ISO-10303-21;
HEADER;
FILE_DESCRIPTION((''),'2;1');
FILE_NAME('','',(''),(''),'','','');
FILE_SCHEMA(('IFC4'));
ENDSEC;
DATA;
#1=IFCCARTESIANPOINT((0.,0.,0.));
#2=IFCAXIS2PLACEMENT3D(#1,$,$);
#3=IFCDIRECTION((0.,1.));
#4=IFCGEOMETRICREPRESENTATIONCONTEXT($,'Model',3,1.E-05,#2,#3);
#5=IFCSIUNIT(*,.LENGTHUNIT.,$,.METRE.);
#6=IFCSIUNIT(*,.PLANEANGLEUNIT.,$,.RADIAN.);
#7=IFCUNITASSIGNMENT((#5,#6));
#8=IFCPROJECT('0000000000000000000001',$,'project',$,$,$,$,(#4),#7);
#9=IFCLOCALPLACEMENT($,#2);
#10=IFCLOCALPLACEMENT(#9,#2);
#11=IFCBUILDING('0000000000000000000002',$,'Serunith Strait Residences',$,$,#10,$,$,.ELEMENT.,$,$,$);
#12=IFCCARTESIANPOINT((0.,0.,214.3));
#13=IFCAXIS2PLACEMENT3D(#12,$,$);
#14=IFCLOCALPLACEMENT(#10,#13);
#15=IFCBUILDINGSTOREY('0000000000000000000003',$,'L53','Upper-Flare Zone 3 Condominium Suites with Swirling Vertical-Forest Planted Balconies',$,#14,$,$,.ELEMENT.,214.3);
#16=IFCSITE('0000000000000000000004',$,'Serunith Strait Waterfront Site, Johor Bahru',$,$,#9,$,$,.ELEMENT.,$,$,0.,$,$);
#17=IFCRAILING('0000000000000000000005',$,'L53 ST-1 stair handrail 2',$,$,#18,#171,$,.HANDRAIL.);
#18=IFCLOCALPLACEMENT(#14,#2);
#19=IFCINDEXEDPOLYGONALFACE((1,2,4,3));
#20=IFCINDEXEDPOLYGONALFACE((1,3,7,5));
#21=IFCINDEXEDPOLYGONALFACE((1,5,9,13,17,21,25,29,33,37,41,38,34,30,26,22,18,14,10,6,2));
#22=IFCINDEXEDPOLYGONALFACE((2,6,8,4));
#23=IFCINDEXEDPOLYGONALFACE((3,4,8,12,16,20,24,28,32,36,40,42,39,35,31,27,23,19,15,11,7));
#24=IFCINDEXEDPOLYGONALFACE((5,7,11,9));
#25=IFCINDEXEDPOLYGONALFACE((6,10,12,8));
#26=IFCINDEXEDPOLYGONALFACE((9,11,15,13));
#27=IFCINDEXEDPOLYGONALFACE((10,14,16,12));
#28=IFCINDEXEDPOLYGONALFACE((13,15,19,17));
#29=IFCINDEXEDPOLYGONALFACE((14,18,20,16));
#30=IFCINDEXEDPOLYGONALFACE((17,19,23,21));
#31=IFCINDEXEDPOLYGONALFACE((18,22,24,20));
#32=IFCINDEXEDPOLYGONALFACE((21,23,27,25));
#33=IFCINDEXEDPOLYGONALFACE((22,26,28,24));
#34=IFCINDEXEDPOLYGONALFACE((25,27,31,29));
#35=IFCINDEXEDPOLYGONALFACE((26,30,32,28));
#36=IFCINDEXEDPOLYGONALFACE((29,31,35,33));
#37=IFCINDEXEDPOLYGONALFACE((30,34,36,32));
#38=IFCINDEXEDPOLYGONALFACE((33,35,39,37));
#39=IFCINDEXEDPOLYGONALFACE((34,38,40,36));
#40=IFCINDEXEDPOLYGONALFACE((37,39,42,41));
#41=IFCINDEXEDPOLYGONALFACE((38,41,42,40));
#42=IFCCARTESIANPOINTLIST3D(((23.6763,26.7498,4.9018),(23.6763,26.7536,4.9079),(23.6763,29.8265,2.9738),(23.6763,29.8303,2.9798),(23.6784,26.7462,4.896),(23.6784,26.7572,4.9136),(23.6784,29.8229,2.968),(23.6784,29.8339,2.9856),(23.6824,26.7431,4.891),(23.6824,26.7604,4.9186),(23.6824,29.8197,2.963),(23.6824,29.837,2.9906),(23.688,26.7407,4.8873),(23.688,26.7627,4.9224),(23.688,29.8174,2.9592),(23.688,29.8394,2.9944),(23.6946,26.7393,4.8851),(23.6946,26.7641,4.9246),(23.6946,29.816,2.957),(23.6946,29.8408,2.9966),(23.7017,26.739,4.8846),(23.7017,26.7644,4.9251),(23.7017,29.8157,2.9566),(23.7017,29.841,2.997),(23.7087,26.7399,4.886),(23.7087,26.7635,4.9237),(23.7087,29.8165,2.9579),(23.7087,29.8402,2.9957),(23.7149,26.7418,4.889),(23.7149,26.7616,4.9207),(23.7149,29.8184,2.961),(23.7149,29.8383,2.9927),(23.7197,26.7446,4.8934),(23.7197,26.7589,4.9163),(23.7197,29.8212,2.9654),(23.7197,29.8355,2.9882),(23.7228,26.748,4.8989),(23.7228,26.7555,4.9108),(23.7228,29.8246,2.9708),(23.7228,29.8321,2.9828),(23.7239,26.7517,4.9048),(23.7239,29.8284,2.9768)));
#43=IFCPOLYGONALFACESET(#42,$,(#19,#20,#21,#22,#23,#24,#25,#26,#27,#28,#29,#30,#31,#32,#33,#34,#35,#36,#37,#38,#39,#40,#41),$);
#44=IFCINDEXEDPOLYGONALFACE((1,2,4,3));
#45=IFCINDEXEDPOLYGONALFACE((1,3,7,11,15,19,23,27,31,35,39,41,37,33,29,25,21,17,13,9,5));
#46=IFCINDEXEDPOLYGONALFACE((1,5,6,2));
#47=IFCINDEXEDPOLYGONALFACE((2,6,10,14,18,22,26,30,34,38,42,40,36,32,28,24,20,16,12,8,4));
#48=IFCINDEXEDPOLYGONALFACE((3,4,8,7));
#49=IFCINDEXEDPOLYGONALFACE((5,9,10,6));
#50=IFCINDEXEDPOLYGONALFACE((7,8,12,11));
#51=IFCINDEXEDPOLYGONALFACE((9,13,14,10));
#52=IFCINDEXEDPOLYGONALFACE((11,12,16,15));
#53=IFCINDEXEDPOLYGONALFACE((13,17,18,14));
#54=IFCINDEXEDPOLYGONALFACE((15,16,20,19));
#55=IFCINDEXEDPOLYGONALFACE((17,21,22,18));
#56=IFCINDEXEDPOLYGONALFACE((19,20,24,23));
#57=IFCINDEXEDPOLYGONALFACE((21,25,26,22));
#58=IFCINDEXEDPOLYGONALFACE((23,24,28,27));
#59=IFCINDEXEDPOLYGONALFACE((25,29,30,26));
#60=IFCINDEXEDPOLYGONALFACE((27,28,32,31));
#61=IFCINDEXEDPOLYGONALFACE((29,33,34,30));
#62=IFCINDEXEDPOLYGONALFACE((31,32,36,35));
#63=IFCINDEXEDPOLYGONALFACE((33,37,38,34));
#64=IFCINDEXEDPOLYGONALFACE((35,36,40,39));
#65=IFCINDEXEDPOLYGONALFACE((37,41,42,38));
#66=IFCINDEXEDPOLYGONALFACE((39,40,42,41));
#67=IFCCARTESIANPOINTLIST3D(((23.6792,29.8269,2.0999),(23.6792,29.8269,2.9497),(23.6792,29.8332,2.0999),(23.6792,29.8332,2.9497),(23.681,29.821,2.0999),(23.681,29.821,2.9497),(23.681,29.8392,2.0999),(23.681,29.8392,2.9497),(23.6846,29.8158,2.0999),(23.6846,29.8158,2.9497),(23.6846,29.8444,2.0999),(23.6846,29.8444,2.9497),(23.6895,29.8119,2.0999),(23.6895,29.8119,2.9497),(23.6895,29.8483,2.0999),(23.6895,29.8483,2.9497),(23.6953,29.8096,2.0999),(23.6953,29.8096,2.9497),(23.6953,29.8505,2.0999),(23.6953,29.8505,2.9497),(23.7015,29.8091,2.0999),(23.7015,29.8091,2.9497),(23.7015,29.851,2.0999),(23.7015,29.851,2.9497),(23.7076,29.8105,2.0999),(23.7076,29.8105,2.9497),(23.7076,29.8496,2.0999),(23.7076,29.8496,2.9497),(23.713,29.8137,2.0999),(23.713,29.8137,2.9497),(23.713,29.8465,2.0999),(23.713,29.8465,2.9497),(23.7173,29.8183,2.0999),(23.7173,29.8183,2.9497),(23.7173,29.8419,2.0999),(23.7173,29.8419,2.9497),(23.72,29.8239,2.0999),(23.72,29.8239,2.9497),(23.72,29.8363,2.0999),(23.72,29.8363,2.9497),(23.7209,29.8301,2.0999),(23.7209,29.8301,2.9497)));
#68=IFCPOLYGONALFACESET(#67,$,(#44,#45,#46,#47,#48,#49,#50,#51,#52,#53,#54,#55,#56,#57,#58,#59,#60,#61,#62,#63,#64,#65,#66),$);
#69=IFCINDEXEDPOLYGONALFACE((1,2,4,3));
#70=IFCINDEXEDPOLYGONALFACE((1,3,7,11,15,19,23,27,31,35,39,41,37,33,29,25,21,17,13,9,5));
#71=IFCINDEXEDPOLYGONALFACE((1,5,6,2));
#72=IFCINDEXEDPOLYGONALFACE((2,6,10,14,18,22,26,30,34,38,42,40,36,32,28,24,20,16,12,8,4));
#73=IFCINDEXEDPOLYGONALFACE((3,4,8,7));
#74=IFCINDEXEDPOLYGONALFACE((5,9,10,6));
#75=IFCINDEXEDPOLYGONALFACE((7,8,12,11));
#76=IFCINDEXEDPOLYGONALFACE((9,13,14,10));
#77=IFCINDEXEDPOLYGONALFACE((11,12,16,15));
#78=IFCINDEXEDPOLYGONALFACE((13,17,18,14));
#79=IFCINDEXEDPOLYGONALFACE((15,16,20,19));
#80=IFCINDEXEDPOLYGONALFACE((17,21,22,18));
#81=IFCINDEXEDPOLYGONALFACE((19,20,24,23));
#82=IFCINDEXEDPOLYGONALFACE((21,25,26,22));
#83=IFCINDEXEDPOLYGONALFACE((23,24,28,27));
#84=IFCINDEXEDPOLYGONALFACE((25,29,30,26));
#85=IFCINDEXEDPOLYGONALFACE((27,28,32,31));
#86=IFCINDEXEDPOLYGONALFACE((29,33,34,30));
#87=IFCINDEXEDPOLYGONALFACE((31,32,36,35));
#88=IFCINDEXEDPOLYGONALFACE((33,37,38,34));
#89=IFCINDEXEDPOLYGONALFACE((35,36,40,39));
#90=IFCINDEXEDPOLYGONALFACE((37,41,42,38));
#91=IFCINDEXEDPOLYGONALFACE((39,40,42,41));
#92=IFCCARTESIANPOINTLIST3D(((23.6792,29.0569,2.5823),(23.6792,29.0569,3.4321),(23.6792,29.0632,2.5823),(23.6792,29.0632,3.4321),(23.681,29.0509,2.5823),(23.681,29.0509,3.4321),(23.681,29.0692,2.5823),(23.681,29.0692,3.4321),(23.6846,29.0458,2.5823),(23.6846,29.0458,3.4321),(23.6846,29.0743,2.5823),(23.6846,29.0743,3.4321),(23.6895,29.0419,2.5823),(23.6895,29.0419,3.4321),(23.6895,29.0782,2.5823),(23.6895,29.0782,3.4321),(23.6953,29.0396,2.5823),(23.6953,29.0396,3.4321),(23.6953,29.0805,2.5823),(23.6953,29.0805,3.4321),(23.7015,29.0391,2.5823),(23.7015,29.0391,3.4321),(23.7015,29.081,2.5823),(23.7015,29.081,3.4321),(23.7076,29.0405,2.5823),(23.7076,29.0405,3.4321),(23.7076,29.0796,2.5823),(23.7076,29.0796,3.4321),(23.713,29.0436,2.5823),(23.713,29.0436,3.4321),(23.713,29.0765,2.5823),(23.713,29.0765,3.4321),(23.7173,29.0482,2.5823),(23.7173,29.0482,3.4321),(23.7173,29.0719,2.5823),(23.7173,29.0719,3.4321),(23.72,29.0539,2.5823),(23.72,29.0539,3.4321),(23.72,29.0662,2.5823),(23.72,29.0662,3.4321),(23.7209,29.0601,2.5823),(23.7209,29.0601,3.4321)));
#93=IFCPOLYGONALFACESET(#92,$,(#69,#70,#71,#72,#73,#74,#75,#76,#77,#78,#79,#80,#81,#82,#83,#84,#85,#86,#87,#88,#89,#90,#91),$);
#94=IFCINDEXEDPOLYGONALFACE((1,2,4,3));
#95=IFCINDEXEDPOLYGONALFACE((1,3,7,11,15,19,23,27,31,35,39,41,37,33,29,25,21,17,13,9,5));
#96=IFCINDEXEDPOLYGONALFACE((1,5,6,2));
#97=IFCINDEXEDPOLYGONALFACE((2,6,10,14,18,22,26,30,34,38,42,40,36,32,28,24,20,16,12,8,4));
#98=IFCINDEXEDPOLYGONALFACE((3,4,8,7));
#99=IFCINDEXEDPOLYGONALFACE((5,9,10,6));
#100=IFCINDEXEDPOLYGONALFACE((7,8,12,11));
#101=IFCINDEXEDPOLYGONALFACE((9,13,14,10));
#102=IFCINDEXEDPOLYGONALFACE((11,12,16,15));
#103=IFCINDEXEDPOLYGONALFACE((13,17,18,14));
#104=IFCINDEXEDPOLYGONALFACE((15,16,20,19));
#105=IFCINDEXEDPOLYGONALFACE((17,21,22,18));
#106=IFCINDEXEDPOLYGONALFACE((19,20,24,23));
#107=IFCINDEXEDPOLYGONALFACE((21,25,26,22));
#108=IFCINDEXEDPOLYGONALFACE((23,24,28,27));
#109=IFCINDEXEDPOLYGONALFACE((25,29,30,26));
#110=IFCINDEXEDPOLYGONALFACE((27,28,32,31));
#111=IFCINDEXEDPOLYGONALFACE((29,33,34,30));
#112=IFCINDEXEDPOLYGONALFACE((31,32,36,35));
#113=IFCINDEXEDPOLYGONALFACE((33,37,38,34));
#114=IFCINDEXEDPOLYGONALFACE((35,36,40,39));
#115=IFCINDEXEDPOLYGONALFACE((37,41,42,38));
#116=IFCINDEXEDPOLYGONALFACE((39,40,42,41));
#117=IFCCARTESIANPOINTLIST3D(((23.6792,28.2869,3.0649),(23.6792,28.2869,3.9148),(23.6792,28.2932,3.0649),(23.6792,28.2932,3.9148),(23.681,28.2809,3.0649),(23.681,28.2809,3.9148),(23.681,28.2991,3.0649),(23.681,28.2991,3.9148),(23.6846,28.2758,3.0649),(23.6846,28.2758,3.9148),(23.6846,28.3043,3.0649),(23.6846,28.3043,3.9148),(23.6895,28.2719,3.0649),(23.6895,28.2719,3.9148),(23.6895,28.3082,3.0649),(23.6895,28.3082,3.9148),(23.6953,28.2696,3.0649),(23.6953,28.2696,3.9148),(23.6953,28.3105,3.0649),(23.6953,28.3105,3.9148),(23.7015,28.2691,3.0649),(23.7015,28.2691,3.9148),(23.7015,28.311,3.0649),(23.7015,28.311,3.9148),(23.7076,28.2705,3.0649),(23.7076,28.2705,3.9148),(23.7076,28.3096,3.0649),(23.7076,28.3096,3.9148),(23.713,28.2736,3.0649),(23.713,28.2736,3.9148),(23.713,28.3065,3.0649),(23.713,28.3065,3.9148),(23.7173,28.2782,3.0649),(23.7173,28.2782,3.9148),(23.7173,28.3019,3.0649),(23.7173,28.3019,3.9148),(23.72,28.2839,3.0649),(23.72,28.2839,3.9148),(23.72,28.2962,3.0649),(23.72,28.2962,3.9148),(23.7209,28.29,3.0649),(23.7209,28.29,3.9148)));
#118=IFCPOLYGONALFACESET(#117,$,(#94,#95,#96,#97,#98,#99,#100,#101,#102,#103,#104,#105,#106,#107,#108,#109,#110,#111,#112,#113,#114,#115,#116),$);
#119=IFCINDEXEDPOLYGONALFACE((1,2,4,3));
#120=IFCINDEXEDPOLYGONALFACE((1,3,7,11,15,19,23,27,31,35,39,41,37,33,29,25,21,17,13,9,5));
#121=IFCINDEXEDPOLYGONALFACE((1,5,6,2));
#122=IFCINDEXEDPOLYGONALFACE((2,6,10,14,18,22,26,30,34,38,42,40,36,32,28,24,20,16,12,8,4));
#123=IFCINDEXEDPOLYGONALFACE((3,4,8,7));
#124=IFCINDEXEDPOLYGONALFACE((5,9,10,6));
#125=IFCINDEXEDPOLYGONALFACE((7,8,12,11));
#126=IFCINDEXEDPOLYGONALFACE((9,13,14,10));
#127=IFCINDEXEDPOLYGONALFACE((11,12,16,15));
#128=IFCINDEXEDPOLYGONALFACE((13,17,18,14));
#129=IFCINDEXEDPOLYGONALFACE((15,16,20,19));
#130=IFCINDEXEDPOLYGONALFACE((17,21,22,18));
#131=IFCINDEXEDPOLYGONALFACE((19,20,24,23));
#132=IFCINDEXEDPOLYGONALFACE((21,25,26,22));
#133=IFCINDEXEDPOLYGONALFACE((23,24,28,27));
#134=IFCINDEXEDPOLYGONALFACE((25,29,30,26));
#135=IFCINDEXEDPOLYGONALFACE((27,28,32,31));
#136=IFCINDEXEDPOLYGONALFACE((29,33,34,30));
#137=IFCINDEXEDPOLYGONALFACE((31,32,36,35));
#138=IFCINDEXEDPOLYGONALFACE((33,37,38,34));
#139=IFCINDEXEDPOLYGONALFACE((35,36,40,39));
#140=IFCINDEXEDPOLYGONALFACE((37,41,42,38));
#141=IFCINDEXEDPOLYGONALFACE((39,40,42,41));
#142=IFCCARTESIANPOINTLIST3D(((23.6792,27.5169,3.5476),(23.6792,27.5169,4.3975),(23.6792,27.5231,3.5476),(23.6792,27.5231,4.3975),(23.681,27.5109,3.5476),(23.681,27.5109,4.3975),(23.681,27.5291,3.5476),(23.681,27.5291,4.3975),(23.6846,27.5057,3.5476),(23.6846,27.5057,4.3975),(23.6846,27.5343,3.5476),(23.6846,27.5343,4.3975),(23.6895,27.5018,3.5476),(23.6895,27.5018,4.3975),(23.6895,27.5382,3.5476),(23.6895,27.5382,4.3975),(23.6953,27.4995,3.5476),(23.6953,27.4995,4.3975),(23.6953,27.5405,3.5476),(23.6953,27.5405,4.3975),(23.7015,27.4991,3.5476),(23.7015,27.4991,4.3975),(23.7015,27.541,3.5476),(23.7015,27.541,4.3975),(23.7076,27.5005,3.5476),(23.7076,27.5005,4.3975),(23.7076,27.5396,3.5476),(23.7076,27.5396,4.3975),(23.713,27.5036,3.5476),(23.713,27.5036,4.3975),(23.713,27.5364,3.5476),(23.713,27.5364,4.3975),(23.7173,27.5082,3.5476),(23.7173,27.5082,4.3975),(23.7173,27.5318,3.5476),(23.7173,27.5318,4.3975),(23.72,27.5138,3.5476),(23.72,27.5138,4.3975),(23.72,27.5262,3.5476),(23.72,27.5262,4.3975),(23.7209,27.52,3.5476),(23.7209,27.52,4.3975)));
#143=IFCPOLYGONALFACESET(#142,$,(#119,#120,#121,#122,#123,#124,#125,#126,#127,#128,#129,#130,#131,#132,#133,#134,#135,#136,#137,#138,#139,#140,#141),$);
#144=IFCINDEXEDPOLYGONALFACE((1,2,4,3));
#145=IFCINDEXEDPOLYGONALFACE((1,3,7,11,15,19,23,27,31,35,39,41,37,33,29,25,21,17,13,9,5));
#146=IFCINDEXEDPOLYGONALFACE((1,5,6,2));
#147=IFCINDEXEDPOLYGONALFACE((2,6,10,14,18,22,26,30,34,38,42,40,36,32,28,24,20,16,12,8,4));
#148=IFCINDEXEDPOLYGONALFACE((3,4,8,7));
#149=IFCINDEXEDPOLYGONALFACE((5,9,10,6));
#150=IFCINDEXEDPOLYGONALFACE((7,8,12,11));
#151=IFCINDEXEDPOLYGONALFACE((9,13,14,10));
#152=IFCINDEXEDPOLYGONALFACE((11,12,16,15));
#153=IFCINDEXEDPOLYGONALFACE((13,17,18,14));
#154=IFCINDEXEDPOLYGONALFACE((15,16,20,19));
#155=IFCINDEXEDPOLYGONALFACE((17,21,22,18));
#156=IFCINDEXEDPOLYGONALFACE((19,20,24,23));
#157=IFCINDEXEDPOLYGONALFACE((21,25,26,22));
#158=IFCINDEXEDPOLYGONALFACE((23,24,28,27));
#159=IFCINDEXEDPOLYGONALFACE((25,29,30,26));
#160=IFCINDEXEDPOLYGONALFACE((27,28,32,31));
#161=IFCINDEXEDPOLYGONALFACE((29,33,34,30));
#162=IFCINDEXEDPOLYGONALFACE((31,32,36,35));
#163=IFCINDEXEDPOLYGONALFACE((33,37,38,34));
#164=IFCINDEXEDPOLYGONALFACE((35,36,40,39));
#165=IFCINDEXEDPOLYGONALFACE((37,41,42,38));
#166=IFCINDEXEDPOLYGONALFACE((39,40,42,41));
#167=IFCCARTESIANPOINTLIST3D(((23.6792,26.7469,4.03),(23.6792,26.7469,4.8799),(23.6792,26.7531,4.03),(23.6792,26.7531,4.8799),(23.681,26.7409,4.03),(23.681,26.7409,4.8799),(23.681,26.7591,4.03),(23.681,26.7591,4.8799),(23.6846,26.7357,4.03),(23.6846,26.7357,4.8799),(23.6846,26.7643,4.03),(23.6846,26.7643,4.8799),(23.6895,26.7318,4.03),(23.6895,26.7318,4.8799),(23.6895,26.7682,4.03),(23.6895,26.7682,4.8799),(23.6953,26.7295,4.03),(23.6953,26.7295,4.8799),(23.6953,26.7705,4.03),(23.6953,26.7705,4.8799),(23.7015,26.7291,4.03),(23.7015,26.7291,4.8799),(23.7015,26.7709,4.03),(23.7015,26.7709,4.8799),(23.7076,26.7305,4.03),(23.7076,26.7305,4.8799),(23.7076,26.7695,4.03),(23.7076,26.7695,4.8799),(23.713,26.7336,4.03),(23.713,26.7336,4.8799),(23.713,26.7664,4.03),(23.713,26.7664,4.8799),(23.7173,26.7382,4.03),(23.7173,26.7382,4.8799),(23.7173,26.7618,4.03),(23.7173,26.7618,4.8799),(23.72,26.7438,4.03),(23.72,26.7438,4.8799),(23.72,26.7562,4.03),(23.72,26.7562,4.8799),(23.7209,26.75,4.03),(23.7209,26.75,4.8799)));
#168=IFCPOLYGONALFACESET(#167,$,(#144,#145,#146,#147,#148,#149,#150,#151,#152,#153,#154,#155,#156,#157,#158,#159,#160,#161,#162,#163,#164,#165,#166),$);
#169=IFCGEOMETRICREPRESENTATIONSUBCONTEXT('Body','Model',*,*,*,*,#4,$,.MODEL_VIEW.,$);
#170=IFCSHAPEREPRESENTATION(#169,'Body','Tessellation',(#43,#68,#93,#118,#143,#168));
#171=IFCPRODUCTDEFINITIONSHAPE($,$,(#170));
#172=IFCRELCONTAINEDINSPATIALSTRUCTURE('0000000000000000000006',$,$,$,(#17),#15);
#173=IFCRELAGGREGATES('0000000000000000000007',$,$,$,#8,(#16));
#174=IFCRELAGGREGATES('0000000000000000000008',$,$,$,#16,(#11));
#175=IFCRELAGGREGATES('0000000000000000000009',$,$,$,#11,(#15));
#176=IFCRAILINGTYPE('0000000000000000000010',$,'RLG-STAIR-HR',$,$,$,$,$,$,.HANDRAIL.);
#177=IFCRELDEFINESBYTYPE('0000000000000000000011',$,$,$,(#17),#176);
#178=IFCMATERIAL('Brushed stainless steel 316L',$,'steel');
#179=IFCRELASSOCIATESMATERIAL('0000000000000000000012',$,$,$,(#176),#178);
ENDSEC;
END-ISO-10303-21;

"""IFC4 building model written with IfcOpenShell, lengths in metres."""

from ifc_helpers import new_model, si_unit, direction, frame, origin, origin_2d, place, context, subcontext, project, spatial, circle, extrude, material, type_object, element, save


model = new_model("IFC4")

# Units and contexts
model_context = context("Model", 3, precision=1e-05, world=origin(), true_north=direction((0.0, 1.0)))
body_context = subcontext(model_context, "Body", "Model", "MODEL_VIEW")
ifc_project = project(units=[si_unit("LENGTHUNIT", "METRE"), si_unit("PLANEANGLEUNIT", "RADIAN")], contexts=[model_context])

# Site, building, storey
site_placement = place(None, origin())
site = spatial("IfcSite", under=ifc_project, at=site_placement, Name="Serunith Strait Waterfront Site, Johor Bahru", CompositionType="ELEMENT", RefElevation=0.0)
building_placement = place(site_placement, origin())
building = spatial("IfcBuilding", under=site, at=building_placement, Name="Serunith Strait Residences", CompositionType="ELEMENT")
storey_placement = place(building_placement, frame((0.0, 0.0, 214.3)))
storey = spatial("IfcBuildingStorey", under=building, at=storey_placement, Name="L53", Description="Upper-Flare Zone 3 Condominium Suites with Swirling Vertical-Forest Planted Balconies", CompositionType="ELEMENT", Elevation=214.3)

# Railing
ifc_material_1 = material(Name="Brushed stainless steel 316L", Category="steel")
railing_type_1 = type_object("IfcRailingType", Name="RLG-STAIR-HR", PredefinedType="HANDRAIL", material=ifc_material_1)
railing_1_placement = place(storey_placement, frame((23.7, 29.8301, 2.0999)))
element("IfcRailing", 1, at=railing_1_placement, inside=storey, type_object=railing_type_1, Name="L53 ST-1 stair handrail 2", PredefinedType="HANDRAIL", context=body_context, shape_type="SweptSolid", body=[
    extrude(circle(Radius=0.0239, at=origin_2d()), frame((0.0, -0.0017, 0.877), z_axis=(0.0, -0.847364, 0.531013), x_axis=(1.0, 0.0, 0.0)), (0.0, 0.0, 1.0), 3.6309),
    extrude(circle(Radius=0.021, at=origin_2d()), origin(), (0.0, 0.0, 1.0), 0.8499),
    extrude(circle(Radius=0.021, at=origin_2d()), frame((0.0, -0.77, 0.4824)), (0.0, 0.0, 1.0), 0.8499),
    extrude(circle(Radius=0.021, at=origin_2d()), frame((0.0, -1.54, 0.9651)), (0.0, 0.0, 1.0), 0.8499),
    extrude(circle(Radius=0.021, at=origin_2d()), frame((0.0, -2.3101, 1.4478)), (0.0, 0.0, 1.0), 0.8499),
    extrude(circle(Radius=0.021, at=origin_2d()), frame((0.0, -3.0801, 1.9302)), (0.0, 0.0, 1.0), 0.8499),
])

save(model, "model.ifc")
